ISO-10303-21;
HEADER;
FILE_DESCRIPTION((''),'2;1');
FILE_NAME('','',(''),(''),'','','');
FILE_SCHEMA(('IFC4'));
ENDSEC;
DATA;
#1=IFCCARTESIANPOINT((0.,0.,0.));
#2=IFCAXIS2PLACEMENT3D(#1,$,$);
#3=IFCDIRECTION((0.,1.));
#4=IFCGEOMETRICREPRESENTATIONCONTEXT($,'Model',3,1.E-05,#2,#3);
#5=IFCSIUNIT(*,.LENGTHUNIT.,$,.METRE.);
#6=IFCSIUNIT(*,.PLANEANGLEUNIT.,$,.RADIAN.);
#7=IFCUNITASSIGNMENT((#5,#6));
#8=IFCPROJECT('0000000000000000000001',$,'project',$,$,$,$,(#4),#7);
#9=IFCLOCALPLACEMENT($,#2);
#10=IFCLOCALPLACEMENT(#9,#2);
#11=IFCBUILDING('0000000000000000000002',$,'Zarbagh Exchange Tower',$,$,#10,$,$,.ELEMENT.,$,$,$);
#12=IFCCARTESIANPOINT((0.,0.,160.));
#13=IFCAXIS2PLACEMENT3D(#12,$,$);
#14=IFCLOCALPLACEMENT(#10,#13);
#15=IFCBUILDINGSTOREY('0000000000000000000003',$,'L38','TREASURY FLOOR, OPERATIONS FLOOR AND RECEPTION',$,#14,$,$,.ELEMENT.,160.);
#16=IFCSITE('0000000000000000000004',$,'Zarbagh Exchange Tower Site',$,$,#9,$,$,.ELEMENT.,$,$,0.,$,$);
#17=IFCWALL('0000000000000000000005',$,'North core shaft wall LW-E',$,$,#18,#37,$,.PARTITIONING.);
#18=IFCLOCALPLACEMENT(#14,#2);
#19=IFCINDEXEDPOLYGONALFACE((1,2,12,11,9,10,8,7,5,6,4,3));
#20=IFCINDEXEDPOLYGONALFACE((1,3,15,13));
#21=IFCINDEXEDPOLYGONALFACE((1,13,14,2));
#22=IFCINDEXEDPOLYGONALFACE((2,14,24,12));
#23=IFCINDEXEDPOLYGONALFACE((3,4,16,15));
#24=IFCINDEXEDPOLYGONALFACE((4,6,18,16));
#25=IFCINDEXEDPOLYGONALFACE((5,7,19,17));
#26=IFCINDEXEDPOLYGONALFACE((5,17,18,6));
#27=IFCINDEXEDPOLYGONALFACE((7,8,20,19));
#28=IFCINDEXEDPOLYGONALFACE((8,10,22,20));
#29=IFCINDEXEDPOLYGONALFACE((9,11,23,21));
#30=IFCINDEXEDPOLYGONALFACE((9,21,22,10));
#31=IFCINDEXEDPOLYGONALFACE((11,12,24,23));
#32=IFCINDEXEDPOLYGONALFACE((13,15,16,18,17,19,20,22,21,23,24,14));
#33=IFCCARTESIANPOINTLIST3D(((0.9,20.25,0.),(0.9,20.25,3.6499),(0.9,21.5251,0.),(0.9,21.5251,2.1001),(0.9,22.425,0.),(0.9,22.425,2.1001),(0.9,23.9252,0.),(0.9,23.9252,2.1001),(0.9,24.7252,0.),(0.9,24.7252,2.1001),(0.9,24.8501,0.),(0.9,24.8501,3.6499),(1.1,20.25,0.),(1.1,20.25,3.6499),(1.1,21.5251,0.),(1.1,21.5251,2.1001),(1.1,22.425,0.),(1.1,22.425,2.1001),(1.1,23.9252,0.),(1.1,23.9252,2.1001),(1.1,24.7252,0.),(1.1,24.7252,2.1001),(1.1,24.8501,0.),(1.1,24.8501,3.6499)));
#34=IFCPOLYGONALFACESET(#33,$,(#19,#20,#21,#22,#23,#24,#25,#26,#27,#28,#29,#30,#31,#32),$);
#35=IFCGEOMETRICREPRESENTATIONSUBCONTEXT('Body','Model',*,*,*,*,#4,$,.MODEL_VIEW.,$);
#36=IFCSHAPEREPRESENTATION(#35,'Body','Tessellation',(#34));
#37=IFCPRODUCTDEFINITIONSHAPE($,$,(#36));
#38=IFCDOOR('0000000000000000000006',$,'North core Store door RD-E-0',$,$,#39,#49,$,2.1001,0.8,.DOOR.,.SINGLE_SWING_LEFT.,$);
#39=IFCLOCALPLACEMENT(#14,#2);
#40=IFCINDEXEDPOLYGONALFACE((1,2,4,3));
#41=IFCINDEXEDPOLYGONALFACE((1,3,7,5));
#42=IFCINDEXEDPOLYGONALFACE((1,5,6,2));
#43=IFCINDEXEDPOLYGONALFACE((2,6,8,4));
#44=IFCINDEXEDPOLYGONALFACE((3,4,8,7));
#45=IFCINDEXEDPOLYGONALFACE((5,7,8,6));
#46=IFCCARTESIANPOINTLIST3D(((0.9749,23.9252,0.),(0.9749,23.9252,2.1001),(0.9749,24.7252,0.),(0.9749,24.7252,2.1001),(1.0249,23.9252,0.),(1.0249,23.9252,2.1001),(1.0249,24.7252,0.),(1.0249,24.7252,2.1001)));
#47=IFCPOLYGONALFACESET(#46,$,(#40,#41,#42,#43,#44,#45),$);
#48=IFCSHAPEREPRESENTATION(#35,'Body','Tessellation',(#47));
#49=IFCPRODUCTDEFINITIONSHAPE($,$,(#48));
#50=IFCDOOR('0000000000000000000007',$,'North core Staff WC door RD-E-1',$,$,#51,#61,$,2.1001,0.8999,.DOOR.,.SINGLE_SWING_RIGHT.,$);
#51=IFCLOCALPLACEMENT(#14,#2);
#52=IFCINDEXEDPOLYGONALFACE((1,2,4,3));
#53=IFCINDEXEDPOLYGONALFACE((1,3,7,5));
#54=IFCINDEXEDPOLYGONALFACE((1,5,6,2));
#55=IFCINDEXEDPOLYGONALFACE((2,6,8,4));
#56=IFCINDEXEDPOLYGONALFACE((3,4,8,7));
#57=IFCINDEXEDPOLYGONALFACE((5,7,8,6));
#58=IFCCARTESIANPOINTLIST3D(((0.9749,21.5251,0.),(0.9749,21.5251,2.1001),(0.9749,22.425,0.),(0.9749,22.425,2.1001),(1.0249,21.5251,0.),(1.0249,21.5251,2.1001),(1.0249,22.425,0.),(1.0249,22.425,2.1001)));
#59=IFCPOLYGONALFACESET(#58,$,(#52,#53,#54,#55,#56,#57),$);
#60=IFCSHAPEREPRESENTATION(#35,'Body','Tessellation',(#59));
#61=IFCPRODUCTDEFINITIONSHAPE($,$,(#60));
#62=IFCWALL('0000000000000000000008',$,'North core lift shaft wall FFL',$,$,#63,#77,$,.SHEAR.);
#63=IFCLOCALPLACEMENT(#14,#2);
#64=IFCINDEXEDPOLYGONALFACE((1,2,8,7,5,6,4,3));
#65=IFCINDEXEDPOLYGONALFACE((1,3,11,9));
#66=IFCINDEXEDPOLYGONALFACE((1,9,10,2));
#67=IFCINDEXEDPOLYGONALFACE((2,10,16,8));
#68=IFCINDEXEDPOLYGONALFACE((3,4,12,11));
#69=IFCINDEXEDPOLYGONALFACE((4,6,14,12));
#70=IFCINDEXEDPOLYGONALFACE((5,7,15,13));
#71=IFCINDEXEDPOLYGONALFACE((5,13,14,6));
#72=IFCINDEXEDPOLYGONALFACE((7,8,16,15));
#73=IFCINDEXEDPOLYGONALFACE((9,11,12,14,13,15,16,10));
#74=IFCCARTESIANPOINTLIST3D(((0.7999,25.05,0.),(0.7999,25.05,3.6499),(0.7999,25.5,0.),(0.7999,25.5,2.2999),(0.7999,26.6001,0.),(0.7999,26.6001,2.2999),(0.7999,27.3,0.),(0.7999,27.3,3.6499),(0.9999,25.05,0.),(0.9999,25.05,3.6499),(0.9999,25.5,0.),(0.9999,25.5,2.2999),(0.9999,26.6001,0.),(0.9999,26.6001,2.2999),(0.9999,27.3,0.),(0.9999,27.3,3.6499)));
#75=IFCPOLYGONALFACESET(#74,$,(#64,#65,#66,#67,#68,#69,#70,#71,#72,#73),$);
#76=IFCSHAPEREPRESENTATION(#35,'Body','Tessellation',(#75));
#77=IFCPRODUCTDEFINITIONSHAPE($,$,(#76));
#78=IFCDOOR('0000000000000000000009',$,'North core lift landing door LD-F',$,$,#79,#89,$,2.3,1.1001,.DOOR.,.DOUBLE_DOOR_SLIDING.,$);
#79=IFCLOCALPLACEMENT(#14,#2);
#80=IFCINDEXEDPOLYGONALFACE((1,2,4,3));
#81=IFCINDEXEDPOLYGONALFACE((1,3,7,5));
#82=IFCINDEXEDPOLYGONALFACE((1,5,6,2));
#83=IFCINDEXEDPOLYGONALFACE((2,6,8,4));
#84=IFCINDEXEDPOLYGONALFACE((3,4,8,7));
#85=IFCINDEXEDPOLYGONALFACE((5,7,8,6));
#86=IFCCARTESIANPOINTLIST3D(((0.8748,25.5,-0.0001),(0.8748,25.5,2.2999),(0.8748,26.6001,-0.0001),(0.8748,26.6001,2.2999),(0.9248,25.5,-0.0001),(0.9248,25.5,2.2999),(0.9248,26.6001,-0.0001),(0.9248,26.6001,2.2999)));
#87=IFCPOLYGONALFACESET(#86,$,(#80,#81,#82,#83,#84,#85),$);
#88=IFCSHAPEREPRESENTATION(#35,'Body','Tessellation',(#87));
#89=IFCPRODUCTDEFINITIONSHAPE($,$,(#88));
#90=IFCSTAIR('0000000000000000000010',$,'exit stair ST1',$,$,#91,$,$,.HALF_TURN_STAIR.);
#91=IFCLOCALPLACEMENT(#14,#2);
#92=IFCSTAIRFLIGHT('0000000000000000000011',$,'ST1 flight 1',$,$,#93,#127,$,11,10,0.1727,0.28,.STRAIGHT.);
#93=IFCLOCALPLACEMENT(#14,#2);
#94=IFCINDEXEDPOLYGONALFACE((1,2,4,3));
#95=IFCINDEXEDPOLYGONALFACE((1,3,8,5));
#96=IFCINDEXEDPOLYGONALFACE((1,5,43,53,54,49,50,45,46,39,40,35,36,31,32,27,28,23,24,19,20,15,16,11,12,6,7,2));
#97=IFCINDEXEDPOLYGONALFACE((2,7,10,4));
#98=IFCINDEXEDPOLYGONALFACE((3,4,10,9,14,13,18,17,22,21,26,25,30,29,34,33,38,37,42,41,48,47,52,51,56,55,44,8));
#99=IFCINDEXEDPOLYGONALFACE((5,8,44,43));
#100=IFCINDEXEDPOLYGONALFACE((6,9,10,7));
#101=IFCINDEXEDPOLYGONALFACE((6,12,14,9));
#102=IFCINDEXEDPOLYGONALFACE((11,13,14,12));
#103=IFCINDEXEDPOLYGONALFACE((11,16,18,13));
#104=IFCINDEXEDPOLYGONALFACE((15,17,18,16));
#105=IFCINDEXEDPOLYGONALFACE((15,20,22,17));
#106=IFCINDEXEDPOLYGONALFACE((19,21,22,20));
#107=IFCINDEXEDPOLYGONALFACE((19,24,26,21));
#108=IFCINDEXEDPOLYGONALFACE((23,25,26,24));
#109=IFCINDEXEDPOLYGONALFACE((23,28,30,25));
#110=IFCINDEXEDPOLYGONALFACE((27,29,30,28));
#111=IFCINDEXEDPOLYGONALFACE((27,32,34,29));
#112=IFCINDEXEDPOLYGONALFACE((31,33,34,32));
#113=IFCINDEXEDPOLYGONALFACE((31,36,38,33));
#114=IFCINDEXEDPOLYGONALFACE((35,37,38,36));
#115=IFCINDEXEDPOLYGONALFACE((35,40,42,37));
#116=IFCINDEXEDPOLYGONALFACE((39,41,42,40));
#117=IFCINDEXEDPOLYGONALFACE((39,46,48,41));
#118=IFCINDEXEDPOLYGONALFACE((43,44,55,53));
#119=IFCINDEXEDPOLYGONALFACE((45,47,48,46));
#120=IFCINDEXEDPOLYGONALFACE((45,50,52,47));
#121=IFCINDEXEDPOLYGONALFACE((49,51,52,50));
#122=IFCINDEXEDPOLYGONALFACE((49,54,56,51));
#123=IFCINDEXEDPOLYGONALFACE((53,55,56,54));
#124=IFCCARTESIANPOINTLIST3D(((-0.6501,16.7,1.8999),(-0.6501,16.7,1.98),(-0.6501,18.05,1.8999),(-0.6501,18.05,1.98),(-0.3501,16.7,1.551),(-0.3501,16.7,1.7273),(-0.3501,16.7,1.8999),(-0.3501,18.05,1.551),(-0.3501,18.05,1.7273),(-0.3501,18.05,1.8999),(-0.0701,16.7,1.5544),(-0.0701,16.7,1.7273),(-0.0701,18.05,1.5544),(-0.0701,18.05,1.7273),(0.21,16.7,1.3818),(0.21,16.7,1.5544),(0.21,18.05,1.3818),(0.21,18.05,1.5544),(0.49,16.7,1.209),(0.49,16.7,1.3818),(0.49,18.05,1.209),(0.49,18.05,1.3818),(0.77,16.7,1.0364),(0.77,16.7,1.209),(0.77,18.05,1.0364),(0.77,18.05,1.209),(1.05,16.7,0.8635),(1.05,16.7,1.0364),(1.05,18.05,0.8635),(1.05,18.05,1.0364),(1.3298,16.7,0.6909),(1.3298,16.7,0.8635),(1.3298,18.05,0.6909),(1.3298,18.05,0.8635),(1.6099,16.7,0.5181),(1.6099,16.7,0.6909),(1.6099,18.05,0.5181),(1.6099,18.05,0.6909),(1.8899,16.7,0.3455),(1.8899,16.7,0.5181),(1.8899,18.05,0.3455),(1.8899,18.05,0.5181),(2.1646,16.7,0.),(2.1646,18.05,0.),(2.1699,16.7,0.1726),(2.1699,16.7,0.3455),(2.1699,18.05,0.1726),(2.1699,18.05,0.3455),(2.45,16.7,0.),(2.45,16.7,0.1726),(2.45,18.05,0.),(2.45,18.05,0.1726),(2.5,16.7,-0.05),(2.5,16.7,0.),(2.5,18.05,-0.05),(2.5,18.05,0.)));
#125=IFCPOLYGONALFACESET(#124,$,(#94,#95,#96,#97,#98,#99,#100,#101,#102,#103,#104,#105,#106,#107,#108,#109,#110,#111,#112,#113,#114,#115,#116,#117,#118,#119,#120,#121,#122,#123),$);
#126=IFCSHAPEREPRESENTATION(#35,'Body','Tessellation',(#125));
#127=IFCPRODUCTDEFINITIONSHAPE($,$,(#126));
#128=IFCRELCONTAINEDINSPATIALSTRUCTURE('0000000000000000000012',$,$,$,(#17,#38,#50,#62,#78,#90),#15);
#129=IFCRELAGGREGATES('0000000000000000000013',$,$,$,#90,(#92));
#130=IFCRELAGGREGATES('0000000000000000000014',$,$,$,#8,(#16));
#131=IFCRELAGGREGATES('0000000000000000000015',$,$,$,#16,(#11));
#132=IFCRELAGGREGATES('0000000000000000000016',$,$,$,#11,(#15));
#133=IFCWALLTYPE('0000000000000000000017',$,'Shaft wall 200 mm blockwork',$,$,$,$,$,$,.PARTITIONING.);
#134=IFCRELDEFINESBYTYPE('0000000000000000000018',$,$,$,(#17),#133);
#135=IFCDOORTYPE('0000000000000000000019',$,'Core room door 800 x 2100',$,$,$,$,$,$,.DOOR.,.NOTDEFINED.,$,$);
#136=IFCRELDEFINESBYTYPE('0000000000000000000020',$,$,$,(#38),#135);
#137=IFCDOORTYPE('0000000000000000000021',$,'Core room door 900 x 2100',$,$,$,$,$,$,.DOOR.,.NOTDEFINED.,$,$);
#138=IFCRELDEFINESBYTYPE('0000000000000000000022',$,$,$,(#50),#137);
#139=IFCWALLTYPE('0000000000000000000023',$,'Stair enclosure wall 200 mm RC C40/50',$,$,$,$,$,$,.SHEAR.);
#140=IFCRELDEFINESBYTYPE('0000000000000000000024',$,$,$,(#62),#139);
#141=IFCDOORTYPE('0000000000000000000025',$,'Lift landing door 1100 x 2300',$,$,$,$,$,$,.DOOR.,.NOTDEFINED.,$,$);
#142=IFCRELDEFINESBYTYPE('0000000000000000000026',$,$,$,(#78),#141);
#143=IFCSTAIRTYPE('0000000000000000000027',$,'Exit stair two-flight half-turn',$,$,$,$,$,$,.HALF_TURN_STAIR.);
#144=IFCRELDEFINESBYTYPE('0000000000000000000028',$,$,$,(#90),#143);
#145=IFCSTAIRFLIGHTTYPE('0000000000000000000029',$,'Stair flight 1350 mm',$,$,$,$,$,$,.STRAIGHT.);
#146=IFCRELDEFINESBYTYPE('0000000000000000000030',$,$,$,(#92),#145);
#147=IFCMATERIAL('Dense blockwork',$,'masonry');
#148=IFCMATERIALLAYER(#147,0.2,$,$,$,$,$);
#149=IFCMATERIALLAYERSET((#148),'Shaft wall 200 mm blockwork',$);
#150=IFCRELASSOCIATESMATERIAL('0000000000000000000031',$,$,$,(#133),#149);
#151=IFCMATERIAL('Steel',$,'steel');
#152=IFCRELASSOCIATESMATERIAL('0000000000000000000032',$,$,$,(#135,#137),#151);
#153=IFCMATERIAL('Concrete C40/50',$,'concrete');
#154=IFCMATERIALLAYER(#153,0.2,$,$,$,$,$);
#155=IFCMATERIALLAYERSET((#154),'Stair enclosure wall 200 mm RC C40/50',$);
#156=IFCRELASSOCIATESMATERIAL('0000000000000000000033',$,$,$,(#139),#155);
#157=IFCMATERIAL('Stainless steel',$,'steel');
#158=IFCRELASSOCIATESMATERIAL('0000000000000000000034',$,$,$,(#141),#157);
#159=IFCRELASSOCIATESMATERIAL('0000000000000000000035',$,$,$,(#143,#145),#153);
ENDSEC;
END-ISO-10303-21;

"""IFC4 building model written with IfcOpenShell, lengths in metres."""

from ifc_helpers import new_model, si_unit, direction, frame, frame_2d, origin, place, context, subcontext, project, spatial, polyline, rectangle, outline, extrude, material, layer, layer_set, type_object, element, fill, aggregate, save


model = new_model("IFC4")

# Units and contexts
model_context = context("Model", 3, precision=1e-05, world=origin(), true_north=direction((0.0, 1.0)))
body_context = subcontext(model_context, "Body", "Model", "MODEL_VIEW")
ifc_project = project(units=[si_unit("LENGTHUNIT", "METRE"), si_unit("PLANEANGLEUNIT", "RADIAN")], contexts=[model_context])

# Site, building, storey
site_placement = place(None, origin())
site = spatial("IfcSite", under=ifc_project, at=site_placement, Name="Zarbagh Exchange Tower Site", CompositionType="ELEMENT", RefElevation=0.0)
building_placement = place(site_placement, origin())
building = spatial("IfcBuilding", under=site, at=building_placement, Name="Zarbagh Exchange Tower", CompositionType="ELEMENT")
storey_placement = place(building_placement, frame((0.0, 0.0, 160.0)))
storey = spatial("IfcBuildingStorey", under=building, at=storey_placement, Name="L38", Description="TREASURY FLOOR, OPERATIONS FLOOR AND RECEPTION", CompositionType="ELEMENT", Elevation=160.0)

# Shared definitions
ifc_material_1 = material(Name="Dense blockwork", Category="masonry")

# Shared definitions
ifc_material_2 = material(Name="Steel", Category="steel")

# Shared definitions
ifc_layer_1 = layer(ifc_material_1, 0.2)
ifc_layer_set_1 = layer_set([ifc_layer_1], Name="Shaft wall 200 mm blockwork")
wall_type_1 = type_object("IfcWallType", Name="Shaft wall 200 mm blockwork", PredefinedType="PARTITIONING", material=ifc_layer_set_1)

# Wall, openings, doors
wall_1_placement = place(storey_placement, frame((1.0, 24.8501, 0.0), z_axis=(0.0, 0.0, 1.0), x_axis=(0.0, -1.0, 0.0)))
wall_1 = element("IfcWall", 1, at=wall_1_placement, inside=storey, type_object=wall_type_1, Name="North core shaft wall LW-E", PredefinedType="PARTITIONING", context=body_context, shape_type="SweptSolid", body=[
    extrude(rectangle(XDim=4.6001, YDim=0.2, at=frame_2d((2.3, 0.0))), origin(), (0.0, 0.0, 1.0), 3.6499),
])
opening_1_placement = place(wall_1_placement, frame((0.125, 0.0, 0.0)))
opening_1 = element("IfcOpeningElement", 2, at=opening_1_placement, cuts=wall_1, PredefinedType="OPENING", context=body_context, shape_type="SweptSolid", body=[
    extrude(rectangle(XDim=0.8, YDim=2.1001, at=frame_2d((0.3999, 1.05))), frame((0.0, 0.1099, 0.0), z_axis=(0.0, -1.0, 0.0), x_axis=(1.0, 0.0, 0.0)), (0.0, 0.0, 1.0), 0.22),
])
opening_2_placement = place(wall_1_placement, frame((2.425, 0.0, 0.0)))
opening_2 = element("IfcOpeningElement", 3, at=opening_2_placement, cuts=wall_1, PredefinedType="OPENING", context=body_context, shape_type="SweptSolid", body=[
    extrude(rectangle(XDim=0.8999, YDim=2.1001, at=frame_2d((0.45, 1.05))), frame((0.0, 0.1099, 0.0), z_axis=(0.0, -1.0, 0.0), x_axis=(1.0, 0.0, 0.0)), (0.0, 0.0, 1.0), 0.22),
])
door_type_1 = type_object("IfcDoorType", Name="Core room door 800 x 2100", OperationType="NOTDEFINED", PredefinedType="DOOR", material=ifc_material_2)
door_1_placement = place(opening_1_placement, origin())
door_1 = element("IfcDoor", 4, at=door_1_placement, inside=storey, type_object=door_type_1, Name="North core Store door RD-E-0", OperationType="SINGLE_SWING_LEFT", OverallHeight=2.1001, OverallWidth=0.8, PredefinedType="DOOR", context=body_context, shape_type="SweptSolid", body=[
    extrude(rectangle(XDim=0.8, YDim=2.1001, at=frame_2d((0.3999, 1.05))), frame((0.0, 0.0249, 0.0), z_axis=(0.0, -1.0, 0.0), x_axis=(1.0, 0.0, 0.0)), (0.0, 0.0, 1.0), 0.05),
])
fill(opening_1, door_1)
door_type_2 = type_object("IfcDoorType", Name="Core room door 900 x 2100", OperationType="NOTDEFINED", PredefinedType="DOOR", material=ifc_material_2)
door_2_placement = place(opening_2_placement, origin())
door_2 = element("IfcDoor", 5, at=door_2_placement, inside=storey, type_object=door_type_2, Name="North core Staff WC door RD-E-1", OperationType="SINGLE_SWING_RIGHT", OverallHeight=2.1001, OverallWidth=0.8999, PredefinedType="DOOR", context=body_context, shape_type="SweptSolid", body=[
    extrude(rectangle(XDim=0.8999, YDim=2.1001, at=frame_2d((0.45, 1.05))), frame((0.0, 0.0249, 0.0), z_axis=(0.0, -1.0, 0.0), x_axis=(1.0, 0.0, 0.0)), (0.0, 0.0, 1.0), 0.05),
])
fill(opening_2, door_2)

# Wall, opening, door
ifc_material_3 = material(Name="Concrete C40/50", Category="concrete")
ifc_layer_2 = layer(ifc_material_3, 0.2)
ifc_layer_set_2 = layer_set([ifc_layer_2], Name="Stair enclosure wall 200 mm RC C40/50")
wall_type_2 = type_object("IfcWallType", Name="Stair enclosure wall 200 mm RC C40/50", PredefinedType="SHEAR", material=ifc_layer_set_2)
wall_2_placement = place(storey_placement, frame((0.8999, 27.3, 0.0), z_axis=(0.0, 0.0, 1.0), x_axis=(0.0, -1.0, 0.0)))
wall_2 = element("IfcWall", 6, at=wall_2_placement, inside=storey, type_object=wall_type_2, Name="North core lift shaft wall FFL", PredefinedType="SHEAR", context=body_context, shape_type="SweptSolid", body=[
    extrude(rectangle(XDim=2.25, YDim=0.2, at=frame_2d((1.125, 0.0))), origin(), (0.0, 0.0, 1.0), 3.6499),
])
opening_3_placement = place(wall_2_placement, frame((0.7, 0.0, 0.0)))
opening_3 = element("IfcOpeningElement", 7, at=opening_3_placement, cuts=wall_2, PredefinedType="OPENING", context=body_context, shape_type="SweptSolid", body=[
    extrude(rectangle(XDim=1.1001, YDim=2.3, at=frame_2d((0.55, 1.1499))), frame((0.0, 0.1099, 0.0), z_axis=(0.0, -1.0, 0.0), x_axis=(1.0, 0.0, 0.0)), (0.0, 0.0, 1.0), 0.22),
])
ifc_material_4 = material(Name="Stainless steel", Category="steel")
door_type_3 = type_object("IfcDoorType", Name="Lift landing door 1100 x 2300", OperationType="NOTDEFINED", PredefinedType="DOOR", material=ifc_material_4)
door_3_placement = place(opening_3_placement, origin())
door_3 = element("IfcDoor", 8, at=door_3_placement, inside=storey, type_object=door_type_3, Name="North core lift landing door LD-F", OperationType="DOUBLE_DOOR_SLIDING", OverallHeight=2.3, OverallWidth=1.1001, PredefinedType="DOOR", context=body_context, shape_type="SweptSolid", body=[
    extrude(rectangle(XDim=1.1001, YDim=2.3, at=frame_2d((0.55, 1.1499))), frame((0.0, 0.0249, 0.0), z_axis=(0.0, -1.0, 0.0), x_axis=(1.0, 0.0, 0.0)), (0.0, 0.0, 1.0), 0.05),
])
fill(opening_3, door_3)

# Stair, stair flight
stair_type = type_object("IfcStairType", Name="Exit stair two-flight half-turn", PredefinedType="HALF_TURN_STAIR", material=ifc_material_3)
stair_placement = place(storey_placement, origin())
stair = element("IfcStair", 9, at=stair_placement, inside=storey, type_object=stair_type, Name="exit stair ST1", PredefinedType="HALF_TURN_STAIR")
stair_flight_type = type_object("IfcStairFlightType", Name="Stair flight 1350 mm", PredefinedType="STRAIGHT", material=ifc_material_3)
stair_flight_placement = place(storey_placement, frame((2.45, 17.375, 0.0), z_axis=(0.0, 0.0, 1.0), x_axis=(-1.0, 0.0, 0.0)))
stair_flight = element("IfcStairFlight", 10, at=stair_flight_placement, type_object=stair_flight_type, Name="ST1 flight 1", NumberOfRisers=11, NumberOfTreads=10, PredefinedType="STRAIGHT", RiserHeight=0.1727, TreadLength=0.28, context=body_context, shape_type="SweptSolid", body=[
    extrude(outline(polyline([(-0.05, -0.05), (-0.05, 0.0), (0.0, 0.0), (0.0, 0.1726), (0.28, 0.1726), (0.28, 0.3455), (0.5601, 0.3455), (0.5601, 0.5181), (0.8401, 0.5181), (0.8401, 0.6909), (1.1201, 0.6909), (1.1201, 0.8635), (1.3999, 0.8635), (1.3999, 1.0364), (1.6799, 1.0364), (1.6799, 1.209), (1.96, 1.209), (1.96, 1.3818), (2.24, 1.3818), (2.24, 1.5544), (2.52, 1.5544), (2.52, 1.7273), (2.8, 1.7273), (2.8, 1.8999), (3.1001, 1.98), (3.1001, 1.8999), (2.8, 1.551), (0.2854, 0.0), (-0.05, -0.05)])), frame((0.0, 0.675, 0.0), z_axis=(0.0, -1.0, 0.0), x_axis=(1.0, 0.0, 0.0)), (0.0, 0.0, 1.0), 1.3501),
])
aggregate(stair, [stair_flight])

save(model, "model.ifc")
